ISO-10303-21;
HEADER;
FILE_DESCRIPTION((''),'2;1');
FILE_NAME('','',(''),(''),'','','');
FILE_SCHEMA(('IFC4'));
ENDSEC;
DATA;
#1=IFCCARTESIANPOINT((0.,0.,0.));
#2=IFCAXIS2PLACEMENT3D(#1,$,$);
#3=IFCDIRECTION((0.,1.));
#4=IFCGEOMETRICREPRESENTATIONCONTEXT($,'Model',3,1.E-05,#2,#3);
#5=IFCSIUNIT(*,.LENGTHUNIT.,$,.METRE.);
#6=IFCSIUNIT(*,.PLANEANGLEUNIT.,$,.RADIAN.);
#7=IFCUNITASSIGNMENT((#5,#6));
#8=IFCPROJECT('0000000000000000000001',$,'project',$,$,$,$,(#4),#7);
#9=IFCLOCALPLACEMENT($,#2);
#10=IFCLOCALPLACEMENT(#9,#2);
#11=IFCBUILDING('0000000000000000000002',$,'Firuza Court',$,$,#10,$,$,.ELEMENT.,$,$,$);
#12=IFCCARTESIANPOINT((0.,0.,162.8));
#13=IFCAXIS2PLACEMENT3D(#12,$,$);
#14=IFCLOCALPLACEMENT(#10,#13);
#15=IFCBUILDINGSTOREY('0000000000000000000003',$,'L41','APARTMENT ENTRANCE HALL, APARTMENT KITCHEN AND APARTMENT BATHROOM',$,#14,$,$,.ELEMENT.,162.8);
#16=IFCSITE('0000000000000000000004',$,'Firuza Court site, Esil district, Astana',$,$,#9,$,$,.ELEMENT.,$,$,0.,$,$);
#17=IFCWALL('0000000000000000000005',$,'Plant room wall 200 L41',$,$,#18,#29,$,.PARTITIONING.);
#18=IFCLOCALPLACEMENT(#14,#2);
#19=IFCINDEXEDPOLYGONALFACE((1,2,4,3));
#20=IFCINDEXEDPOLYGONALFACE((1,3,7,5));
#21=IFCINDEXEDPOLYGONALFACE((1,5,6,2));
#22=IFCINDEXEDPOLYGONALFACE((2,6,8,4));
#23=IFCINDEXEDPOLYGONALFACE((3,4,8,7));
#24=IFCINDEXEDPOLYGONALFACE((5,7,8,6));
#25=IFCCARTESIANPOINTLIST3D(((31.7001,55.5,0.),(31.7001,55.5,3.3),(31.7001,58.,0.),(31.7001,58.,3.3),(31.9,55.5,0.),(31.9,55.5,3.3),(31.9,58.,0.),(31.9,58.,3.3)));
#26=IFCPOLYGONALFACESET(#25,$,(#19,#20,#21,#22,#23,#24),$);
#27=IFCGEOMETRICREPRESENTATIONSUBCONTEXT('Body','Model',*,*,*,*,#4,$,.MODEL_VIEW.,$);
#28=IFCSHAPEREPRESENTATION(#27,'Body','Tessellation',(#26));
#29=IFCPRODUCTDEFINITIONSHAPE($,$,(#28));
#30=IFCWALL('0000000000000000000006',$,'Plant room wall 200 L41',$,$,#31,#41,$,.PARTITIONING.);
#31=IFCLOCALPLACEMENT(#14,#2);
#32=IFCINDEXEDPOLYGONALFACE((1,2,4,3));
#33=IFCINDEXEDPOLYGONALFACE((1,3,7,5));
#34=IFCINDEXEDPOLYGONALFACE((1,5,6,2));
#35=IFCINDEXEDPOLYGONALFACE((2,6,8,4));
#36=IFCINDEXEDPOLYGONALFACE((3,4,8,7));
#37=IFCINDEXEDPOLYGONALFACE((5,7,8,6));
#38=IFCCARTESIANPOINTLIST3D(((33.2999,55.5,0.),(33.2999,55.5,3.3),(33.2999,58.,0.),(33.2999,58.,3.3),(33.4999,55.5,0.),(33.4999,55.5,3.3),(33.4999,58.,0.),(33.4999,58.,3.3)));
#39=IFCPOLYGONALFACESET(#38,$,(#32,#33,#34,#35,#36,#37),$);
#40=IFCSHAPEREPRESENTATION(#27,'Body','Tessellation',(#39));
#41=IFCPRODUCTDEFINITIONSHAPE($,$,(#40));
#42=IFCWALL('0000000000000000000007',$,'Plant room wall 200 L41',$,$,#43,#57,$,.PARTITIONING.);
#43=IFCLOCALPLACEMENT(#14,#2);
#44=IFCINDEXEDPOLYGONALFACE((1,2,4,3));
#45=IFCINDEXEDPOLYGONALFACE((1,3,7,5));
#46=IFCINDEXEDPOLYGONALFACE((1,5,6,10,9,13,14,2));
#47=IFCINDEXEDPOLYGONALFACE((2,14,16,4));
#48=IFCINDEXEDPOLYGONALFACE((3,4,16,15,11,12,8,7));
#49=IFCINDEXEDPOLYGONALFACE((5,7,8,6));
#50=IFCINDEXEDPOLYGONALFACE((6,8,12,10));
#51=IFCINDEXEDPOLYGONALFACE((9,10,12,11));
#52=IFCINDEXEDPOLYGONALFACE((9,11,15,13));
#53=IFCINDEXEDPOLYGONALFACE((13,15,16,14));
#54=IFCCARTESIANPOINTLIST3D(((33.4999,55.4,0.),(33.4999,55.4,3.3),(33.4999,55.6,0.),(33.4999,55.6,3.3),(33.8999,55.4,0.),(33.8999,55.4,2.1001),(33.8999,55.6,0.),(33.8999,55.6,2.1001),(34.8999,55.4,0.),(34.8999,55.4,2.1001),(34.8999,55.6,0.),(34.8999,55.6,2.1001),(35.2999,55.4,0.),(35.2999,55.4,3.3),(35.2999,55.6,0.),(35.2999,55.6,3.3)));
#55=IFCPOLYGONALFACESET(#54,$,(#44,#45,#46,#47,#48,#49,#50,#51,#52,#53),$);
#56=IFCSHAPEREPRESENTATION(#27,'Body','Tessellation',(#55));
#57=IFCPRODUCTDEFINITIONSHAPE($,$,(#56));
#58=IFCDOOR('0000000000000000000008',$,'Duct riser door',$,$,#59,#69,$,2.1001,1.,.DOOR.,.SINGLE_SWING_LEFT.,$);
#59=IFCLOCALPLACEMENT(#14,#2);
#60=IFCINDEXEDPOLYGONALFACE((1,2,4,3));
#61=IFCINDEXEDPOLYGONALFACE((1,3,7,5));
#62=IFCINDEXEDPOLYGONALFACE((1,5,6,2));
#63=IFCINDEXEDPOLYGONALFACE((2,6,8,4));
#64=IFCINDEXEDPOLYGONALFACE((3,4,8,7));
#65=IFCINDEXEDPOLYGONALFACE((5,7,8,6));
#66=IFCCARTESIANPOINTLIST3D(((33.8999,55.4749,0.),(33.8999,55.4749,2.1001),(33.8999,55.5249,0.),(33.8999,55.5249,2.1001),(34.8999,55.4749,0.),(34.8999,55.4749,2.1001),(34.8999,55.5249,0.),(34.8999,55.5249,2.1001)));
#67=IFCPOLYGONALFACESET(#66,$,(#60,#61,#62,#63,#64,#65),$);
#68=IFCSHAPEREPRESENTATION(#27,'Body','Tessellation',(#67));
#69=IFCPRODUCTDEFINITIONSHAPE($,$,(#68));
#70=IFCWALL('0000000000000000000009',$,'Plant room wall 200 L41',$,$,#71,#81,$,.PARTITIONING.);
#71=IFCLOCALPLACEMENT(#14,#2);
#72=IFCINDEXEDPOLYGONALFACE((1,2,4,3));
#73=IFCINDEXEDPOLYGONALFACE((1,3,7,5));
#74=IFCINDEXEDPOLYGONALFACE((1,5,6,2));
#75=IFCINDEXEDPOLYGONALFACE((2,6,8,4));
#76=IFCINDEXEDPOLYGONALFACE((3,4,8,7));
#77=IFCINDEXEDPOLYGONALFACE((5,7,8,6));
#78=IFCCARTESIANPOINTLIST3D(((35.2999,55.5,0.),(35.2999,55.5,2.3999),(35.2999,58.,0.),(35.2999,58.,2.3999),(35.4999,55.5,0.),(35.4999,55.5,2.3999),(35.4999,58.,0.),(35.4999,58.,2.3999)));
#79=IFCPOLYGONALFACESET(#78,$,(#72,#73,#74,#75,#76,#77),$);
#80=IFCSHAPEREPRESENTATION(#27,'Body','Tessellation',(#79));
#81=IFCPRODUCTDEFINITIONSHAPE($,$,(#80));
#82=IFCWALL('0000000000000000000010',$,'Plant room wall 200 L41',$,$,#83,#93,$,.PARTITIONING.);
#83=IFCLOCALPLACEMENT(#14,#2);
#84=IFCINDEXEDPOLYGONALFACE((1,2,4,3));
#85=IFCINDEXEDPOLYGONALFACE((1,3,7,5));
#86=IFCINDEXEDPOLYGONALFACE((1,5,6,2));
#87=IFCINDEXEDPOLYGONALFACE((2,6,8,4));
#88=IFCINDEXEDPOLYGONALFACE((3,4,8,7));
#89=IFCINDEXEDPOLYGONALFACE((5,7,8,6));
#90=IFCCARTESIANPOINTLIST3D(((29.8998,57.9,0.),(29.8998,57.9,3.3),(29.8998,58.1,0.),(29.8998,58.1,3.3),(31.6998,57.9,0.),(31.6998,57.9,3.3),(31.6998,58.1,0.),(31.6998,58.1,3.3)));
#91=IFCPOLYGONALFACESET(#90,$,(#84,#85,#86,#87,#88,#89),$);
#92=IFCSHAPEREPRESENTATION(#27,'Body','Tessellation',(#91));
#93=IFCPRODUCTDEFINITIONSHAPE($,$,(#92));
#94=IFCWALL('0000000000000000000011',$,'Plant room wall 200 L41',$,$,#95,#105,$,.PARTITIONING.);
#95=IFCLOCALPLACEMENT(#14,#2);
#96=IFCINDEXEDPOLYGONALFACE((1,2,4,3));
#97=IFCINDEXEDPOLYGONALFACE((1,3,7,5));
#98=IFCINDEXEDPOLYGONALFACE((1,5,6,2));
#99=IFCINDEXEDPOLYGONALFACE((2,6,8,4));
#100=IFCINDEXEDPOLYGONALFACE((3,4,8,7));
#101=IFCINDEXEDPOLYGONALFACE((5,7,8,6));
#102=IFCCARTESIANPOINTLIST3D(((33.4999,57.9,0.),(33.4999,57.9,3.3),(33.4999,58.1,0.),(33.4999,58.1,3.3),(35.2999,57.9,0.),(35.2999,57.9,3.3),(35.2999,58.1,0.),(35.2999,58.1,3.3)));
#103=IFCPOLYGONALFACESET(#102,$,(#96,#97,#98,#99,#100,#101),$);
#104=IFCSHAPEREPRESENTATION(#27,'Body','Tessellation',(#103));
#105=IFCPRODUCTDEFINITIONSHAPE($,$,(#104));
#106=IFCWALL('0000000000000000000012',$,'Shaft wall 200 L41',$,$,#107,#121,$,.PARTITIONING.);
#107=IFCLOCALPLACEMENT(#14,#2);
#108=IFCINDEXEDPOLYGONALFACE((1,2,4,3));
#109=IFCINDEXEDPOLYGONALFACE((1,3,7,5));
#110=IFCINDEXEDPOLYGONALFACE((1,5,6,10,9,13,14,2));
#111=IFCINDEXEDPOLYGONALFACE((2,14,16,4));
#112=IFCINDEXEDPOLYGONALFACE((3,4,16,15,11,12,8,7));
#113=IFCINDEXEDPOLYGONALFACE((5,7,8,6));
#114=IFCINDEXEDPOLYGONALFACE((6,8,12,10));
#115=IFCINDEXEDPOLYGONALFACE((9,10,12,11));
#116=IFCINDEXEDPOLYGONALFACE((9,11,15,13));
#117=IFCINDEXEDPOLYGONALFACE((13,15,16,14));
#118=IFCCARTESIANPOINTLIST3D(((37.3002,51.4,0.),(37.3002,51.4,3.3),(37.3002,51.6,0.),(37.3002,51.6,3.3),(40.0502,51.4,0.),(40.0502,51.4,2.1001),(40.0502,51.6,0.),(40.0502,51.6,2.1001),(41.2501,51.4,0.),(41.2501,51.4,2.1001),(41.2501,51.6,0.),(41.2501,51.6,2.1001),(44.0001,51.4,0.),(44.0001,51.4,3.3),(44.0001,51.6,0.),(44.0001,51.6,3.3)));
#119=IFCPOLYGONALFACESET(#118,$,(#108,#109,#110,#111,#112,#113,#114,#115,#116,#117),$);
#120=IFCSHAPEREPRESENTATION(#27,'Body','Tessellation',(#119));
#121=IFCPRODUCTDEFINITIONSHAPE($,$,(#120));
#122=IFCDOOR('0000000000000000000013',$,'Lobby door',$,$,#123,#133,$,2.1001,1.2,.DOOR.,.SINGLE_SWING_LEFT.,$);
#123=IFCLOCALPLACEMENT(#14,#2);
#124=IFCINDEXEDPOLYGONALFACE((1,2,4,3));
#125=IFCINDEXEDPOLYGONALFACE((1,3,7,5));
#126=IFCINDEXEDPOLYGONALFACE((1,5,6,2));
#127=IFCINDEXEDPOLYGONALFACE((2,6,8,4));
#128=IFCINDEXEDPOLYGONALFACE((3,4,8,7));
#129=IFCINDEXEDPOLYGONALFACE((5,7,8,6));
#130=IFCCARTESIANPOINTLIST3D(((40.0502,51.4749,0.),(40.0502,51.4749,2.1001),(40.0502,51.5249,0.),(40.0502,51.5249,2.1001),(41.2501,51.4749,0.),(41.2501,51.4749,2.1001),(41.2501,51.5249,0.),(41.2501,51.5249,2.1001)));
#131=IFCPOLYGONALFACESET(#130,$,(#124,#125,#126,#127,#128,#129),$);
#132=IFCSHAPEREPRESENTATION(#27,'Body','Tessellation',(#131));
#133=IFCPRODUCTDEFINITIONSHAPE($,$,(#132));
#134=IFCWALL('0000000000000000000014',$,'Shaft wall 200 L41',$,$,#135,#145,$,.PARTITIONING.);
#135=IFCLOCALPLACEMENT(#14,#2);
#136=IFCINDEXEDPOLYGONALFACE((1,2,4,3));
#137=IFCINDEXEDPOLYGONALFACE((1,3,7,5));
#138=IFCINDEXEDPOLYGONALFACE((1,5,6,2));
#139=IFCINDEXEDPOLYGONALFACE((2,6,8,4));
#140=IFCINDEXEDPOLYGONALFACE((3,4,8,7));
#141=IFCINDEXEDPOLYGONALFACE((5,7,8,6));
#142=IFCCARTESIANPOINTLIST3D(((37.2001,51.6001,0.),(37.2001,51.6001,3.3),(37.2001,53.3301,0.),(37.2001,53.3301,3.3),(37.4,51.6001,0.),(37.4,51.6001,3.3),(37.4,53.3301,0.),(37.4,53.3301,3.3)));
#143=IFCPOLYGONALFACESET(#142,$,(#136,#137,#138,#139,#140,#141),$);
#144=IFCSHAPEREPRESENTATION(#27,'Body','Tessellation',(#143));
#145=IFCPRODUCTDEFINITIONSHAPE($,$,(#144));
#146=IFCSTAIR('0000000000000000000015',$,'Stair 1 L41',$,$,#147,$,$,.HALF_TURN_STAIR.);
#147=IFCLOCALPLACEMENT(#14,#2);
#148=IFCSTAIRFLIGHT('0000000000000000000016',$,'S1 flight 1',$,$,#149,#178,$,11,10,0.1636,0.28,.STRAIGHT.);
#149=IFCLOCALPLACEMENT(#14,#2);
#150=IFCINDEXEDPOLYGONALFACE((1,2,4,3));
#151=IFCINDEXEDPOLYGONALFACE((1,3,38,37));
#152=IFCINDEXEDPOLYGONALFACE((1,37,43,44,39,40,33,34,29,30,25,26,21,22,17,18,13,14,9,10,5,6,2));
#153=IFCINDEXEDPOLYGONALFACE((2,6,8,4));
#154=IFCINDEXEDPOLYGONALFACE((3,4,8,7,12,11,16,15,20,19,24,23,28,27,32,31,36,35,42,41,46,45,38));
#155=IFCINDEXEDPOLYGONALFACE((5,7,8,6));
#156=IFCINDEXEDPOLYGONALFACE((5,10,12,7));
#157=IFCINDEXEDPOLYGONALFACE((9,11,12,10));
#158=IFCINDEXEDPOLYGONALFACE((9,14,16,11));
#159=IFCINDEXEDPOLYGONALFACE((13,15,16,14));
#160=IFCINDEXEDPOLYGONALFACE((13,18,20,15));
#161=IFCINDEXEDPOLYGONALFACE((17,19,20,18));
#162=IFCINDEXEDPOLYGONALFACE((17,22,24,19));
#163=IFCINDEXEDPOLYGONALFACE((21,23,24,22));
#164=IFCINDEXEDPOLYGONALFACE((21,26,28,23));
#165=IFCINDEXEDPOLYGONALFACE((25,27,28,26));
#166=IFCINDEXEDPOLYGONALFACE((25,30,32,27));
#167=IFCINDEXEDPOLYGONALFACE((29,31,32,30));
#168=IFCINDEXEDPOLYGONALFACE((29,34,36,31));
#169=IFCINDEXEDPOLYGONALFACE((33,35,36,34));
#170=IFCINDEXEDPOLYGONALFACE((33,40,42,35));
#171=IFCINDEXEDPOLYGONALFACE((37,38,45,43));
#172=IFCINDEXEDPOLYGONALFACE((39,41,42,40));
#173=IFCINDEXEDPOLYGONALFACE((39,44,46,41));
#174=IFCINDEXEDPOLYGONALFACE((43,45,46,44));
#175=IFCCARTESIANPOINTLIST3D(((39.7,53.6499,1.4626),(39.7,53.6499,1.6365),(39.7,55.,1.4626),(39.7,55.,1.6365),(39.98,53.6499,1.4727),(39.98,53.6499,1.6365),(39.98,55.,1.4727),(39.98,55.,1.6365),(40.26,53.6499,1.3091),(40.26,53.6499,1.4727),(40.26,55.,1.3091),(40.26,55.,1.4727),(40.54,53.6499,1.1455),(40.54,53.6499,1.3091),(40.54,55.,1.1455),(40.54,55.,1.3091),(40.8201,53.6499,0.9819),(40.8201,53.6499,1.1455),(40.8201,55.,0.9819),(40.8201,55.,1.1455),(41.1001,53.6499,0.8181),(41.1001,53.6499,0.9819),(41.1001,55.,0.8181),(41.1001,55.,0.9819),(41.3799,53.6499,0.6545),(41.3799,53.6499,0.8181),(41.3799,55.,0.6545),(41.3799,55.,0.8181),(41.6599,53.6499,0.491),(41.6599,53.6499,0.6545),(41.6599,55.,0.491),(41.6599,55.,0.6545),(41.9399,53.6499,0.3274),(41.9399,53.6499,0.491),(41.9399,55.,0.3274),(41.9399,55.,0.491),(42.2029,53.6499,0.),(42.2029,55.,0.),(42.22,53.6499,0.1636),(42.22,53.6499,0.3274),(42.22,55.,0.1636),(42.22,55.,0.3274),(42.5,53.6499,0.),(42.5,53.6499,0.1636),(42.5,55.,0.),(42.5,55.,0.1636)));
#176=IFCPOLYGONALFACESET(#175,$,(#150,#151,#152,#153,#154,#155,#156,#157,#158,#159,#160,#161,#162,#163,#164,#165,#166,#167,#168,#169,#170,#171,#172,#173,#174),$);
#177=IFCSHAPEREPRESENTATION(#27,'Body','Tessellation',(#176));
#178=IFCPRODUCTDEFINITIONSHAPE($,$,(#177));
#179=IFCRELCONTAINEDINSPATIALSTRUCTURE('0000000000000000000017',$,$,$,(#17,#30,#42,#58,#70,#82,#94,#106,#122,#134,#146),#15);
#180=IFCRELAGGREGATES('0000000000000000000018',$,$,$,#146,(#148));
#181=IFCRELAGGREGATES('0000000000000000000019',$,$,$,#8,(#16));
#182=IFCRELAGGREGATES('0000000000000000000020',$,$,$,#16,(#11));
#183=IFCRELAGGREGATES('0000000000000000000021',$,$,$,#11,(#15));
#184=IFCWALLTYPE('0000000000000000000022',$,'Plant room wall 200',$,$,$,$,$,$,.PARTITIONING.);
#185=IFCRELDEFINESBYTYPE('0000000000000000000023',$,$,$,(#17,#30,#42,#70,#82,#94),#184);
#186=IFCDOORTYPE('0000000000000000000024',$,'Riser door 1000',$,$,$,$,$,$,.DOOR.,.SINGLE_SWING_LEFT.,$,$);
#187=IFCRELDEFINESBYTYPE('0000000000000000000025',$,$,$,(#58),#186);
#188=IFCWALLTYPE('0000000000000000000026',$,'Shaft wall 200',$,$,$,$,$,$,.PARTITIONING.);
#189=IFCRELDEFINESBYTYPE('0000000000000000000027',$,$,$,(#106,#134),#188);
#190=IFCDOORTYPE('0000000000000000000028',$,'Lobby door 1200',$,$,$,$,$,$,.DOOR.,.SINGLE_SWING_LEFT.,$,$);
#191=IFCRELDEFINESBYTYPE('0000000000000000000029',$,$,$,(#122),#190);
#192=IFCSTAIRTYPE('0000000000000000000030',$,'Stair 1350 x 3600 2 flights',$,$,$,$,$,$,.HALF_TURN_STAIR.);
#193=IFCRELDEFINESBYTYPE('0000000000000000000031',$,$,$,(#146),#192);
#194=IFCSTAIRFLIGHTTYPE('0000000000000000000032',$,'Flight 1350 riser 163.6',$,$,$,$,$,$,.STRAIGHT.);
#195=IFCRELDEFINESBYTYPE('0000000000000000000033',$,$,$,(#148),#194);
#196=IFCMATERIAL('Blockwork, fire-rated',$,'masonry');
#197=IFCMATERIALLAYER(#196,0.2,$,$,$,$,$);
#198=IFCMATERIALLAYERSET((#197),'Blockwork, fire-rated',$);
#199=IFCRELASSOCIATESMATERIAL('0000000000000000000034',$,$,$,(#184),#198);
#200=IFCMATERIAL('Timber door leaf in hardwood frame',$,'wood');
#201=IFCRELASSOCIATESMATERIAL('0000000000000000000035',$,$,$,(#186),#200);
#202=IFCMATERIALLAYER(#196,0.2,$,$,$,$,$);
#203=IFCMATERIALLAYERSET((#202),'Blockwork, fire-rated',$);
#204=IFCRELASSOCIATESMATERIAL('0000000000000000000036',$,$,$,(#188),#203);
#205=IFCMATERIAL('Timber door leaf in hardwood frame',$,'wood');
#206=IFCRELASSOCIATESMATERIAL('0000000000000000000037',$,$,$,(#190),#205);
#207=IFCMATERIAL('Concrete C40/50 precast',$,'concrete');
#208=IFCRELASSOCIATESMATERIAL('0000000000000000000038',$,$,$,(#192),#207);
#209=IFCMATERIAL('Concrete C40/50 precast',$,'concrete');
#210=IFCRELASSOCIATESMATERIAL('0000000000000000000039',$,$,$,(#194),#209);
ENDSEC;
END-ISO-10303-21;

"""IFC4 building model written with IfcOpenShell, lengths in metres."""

from ifc_helpers import new_model, si_unit, direction, frame, frame_2d, origin, place, context, subcontext, project, spatial, polyline, rectangle, outline, extrude, material, layer, layer_set, type_object, element, fill, aggregate, save


model = new_model("IFC4")

# Units and contexts
model_context = context("Model", 3, precision=1e-05, world=origin(), true_north=direction((0.0, 1.0)))
body_context = subcontext(model_context, "Body", "Model", "MODEL_VIEW")
ifc_project = project(units=[si_unit("LENGTHUNIT", "METRE"), si_unit("PLANEANGLEUNIT", "RADIAN")], contexts=[model_context])

# Site, building, storey
site_placement = place(None, origin())
site = spatial("IfcSite", under=ifc_project, at=site_placement, Name="Firuza Court site, Esil district, Astana", CompositionType="ELEMENT", RefElevation=0.0)
building_placement = place(site_placement, origin())
building = spatial("IfcBuilding", under=site, at=building_placement, Name="Firuza Court", CompositionType="ELEMENT")
storey_placement = place(building_placement, frame((0.0, 0.0, 162.8)))
storey = spatial("IfcBuildingStorey", under=building, at=storey_placement, Name="L41", Description="APARTMENT ENTRANCE HALL, APARTMENT KITCHEN AND APARTMENT BATHROOM", CompositionType="ELEMENT", Elevation=162.8)

# Walls
ifc_material_1 = material(Name="Blockwork, fire-rated", Category="masonry")
ifc_layer_1 = layer(ifc_material_1, 0.2)
ifc_layer_set_1 = layer_set([ifc_layer_1], Name="Blockwork, fire-rated")
wall_type_1 = type_object("IfcWallType", Name="Plant room wall 200", PredefinedType="PARTITIONING", material=ifc_layer_set_1)
for number, where, z_axis, x_axis, name in (
    (1, (31.8, 55.5, 0.0), (0.0, 0.0, 1.0), (0.0, 1.0, 0.0), "Plant room wall 200 L41"),
    (2, (33.3999, 55.5, 0.0), (0.0, 0.0, 1.0), (0.0, 1.0, 0.0), "Plant room wall 200 L41"),
):
    element("IfcWall", number, at=place(storey_placement, frame(where, z_axis=z_axis, x_axis=x_axis)), inside=storey, type_object=wall_type_1, Name=name, PredefinedType="PARTITIONING", context=body_context, shape_type="SweptSolid", body=[
        extrude(rectangle(XDim=2.5, YDim=0.2, at=frame_2d((1.25, 0.0))), origin(), (0.0, 0.0, 1.0), 3.3),
    ])

# Wall, opening, door
wall_1_placement = place(storey_placement, frame((33.5, 55.5, 0.0), z_axis=(0.0, 0.0, 1.0), x_axis=(1.0, 0.0, 0.0)))
wall_1 = element("IfcWall", 3, at=wall_1_placement, inside=storey, type_object=wall_type_1, Name="Plant room wall 200 L41", PredefinedType="PARTITIONING", context=body_context, shape_type="SweptSolid", body=[
    extrude(rectangle(XDim=1.8, YDim=0.2, at=frame_2d((0.8999, 0.0))), origin(), (0.0, 0.0, 1.0), 3.3),
])
opening_1_placement = place(wall_1_placement, frame((0.3999, 0.0, 0.0)))
opening_1 = element("IfcOpeningElement", 4, at=opening_1_placement, cuts=wall_1, PredefinedType="OPENING", context=body_context, shape_type="SweptSolid", body=[
    extrude(rectangle(XDim=1.0, YDim=2.1001, at=frame_2d((0.5, 1.05))), frame((0.0, 0.1118, 0.0), z_axis=(0.0, -1.0, 0.0), x_axis=(1.0, 0.0, 0.0)), (0.0, 0.0, 1.0), 0.2239),
])
ifc_material_2 = material(Name="Timber door leaf in hardwood frame", Category="wood")
door_type_1 = type_object("IfcDoorType", Name="Riser door 1000", OperationType="SINGLE_SWING_LEFT", PredefinedType="DOOR", material=ifc_material_2)
door_1_placement = place(opening_1_placement, origin())
door_1 = element("IfcDoor", 5, at=door_1_placement, inside=storey, type_object=door_type_1, Name="Duct riser door", OperationType="SINGLE_SWING_LEFT", OverallHeight=2.1001, OverallWidth=1.0, PredefinedType="DOOR", context=body_context, shape_type="SweptSolid", body=[
    extrude(rectangle(XDim=1.0, YDim=2.1001, at=frame_2d((0.5, 1.05))), frame((0.0, 0.0249, 0.0), z_axis=(0.0, -1.0, 0.0), x_axis=(1.0, 0.0, 0.0)), (0.0, 0.0, 1.0), 0.05),
])
fill(opening_1, door_1)

# Walls
wall_2_placement = place(storey_placement, frame((35.3999, 55.5, 0.0), z_axis=(0.0, 0.0, 1.0), x_axis=(0.0, 1.0, 0.0)))
element("IfcWall", 6, at=wall_2_placement, inside=storey, type_object=wall_type_1, Name="Plant room wall 200 L41", PredefinedType="PARTITIONING", context=body_context, shape_type="SweptSolid", body=[
    extrude(rectangle(XDim=2.5, YDim=0.2, at=frame_2d((1.25, 0.0))), origin(), (0.0, 0.0, 1.0), 2.3999),
])
for number, where, z_axis, x_axis, name in (
    (7, (29.8999, 58.0, 0.0), (0.0, 0.0, 1.0), (1.0, 0.0, 0.0), "Plant room wall 200 L41"),
    (8, (33.5, 58.0, 0.0), (0.0, 0.0, 1.0), (1.0, 0.0, 0.0), "Plant room wall 200 L41"),
):
    element("IfcWall", number, at=place(storey_placement, frame(where, z_axis=z_axis, x_axis=x_axis)), inside=storey, type_object=wall_type_1, Name=name, PredefinedType="PARTITIONING", context=body_context, shape_type="SweptSolid", body=[
        extrude(rectangle(XDim=1.8, YDim=0.2, at=frame_2d((0.8999, 0.0))), origin(), (0.0, 0.0, 1.0), 3.3),
    ])

# Wall, opening, door
ifc_layer_2 = layer(ifc_material_1, 0.2)
ifc_layer_set_2 = layer_set([ifc_layer_2], Name="Blockwork, fire-rated")
wall_type_2 = type_object("IfcWallType", Name="Shaft wall 200", PredefinedType="PARTITIONING", material=ifc_layer_set_2)
wall_3_placement = place(storey_placement, frame((37.3, 51.5, 0.0), z_axis=(0.0, 0.0, 1.0), x_axis=(1.0, 0.0, 0.0)))
wall_3 = element("IfcWall", 9, at=wall_3_placement, inside=storey, type_object=wall_type_2, Name="Shaft wall 200 L41", PredefinedType="PARTITIONING", context=body_context, shape_type="SweptSolid", body=[
    extrude(rectangle(XDim=6.7, YDim=0.2, at=frame_2d((3.3501, 0.0))), origin(), (0.0, 0.0, 1.0), 3.3),
])
opening_2_placement = place(wall_3_placement, frame((2.75, 0.0, 0.0)))
opening_2 = element("IfcOpeningElement", 10, at=opening_2_placement, cuts=wall_3, PredefinedType="OPENING", context=body_context, shape_type="SweptSolid", body=[
    extrude(rectangle(XDim=1.2, YDim=2.1001, at=frame_2d((0.6001, 1.05))), frame((0.0, 0.1118, 0.0), z_axis=(0.0, -1.0, 0.0), x_axis=(1.0, 0.0, 0.0)), (0.0, 0.0, 1.0), 0.2239),
])
ifc_material_3 = material(Name="Timber door leaf in hardwood frame", Category="wood")
door_type_2 = type_object("IfcDoorType", Name="Lobby door 1200", OperationType="SINGLE_SWING_LEFT", PredefinedType="DOOR", material=ifc_material_3)
door_2_placement = place(opening_2_placement, origin())
door_2 = element("IfcDoor", 11, at=door_2_placement, inside=storey, type_object=door_type_2, Name="Lobby door", OperationType="SINGLE_SWING_LEFT", OverallHeight=2.1001, OverallWidth=1.2, PredefinedType="DOOR", context=body_context, shape_type="SweptSolid", body=[
    extrude(rectangle(XDim=1.2, YDim=2.1001, at=frame_2d((0.6001, 1.05))), frame((0.0, 0.0249, 0.0), z_axis=(0.0, -1.0, 0.0), x_axis=(1.0, 0.0, 0.0)), (0.0, 0.0, 1.0), 0.05),
])
fill(opening_2, door_2)

# Wall
wall_4_placement = place(storey_placement, frame((37.3, 51.6001, 0.0), z_axis=(0.0, 0.0, 1.0), x_axis=(0.0, 1.0, 0.0)))
element("IfcWall", 12, at=wall_4_placement, inside=storey, type_object=wall_type_2, Name="Shaft wall 200 L41", PredefinedType="PARTITIONING", context=body_context, shape_type="SweptSolid", body=[
    extrude(rectangle(XDim=1.73, YDim=0.2, at=frame_2d((0.865, 0.0))), origin(), (0.0, 0.0, 1.0), 3.3),
])

# Stair, stair flight
ifc_material_4 = material(Name="Concrete C40/50 precast", Category="concrete")
stair_type = type_object("IfcStairType", Name="Stair 1350 x 3600 2 flights", PredefinedType="HALF_TURN_STAIR", material=ifc_material_4)
stair_placement = place(storey_placement, origin())
stair = element("IfcStair", 13, at=stair_placement, inside=storey, type_object=stair_type, Name="Stair 1 L41", PredefinedType="HALF_TURN_STAIR")
ifc_material_5 = material(Name="Concrete C40/50 precast", Category="concrete")
stair_flight_type = type_object("IfcStairFlightType", Name="Flight 1350 riser 163.6", PredefinedType="STRAIGHT", material=ifc_material_5)
stair_flight_1_placement = place(storey_placement, frame((42.5, 54.325, 0.0), z_axis=(0.0, 0.0, 1.0), x_axis=(-1.0, 0.0, 0.0)))
stair_flight_1 = element("IfcStairFlight", 14, at=stair_flight_1_placement, type_object=stair_flight_type, Name="S1 flight 1", NumberOfRisers=11, NumberOfTreads=10, PredefinedType="STRAIGHT", RiserHeight=0.1636, TreadLength=0.28, context=body_context, shape_type="SweptSolid", body=[
    extrude(outline(polyline([(0.0, 0.0), (0.0, 0.1636), (0.28, 0.1636), (0.28, 0.3274), (0.5601, 0.3274), (0.5601, 0.491), (0.8401, 0.491), (0.8401, 0.6545), (1.1201, 0.6545), (1.1201, 0.8181), (1.3999, 0.8181), (1.3999, 0.9819), (1.6799, 0.9819), (1.6799, 1.1455), (1.96, 1.1455), (1.96, 1.3091), (2.24, 1.3091), (2.24, 1.4727), (2.52, 1.4727), (2.52, 1.6365), (2.8, 1.6365), (2.8, 1.8), (2.8, 1.4626), (0.2971, 0.0), (0.0, 0.0)])), frame((0.0, 0.675, 0.0), z_axis=(0.0, -1.0, 0.0), x_axis=(1.0, 0.0, 0.0)), (0.0, 0.0, 1.0), 1.3501),
])
aggregate(stair, [stair_flight_1])

save(model, "model.ifc")
